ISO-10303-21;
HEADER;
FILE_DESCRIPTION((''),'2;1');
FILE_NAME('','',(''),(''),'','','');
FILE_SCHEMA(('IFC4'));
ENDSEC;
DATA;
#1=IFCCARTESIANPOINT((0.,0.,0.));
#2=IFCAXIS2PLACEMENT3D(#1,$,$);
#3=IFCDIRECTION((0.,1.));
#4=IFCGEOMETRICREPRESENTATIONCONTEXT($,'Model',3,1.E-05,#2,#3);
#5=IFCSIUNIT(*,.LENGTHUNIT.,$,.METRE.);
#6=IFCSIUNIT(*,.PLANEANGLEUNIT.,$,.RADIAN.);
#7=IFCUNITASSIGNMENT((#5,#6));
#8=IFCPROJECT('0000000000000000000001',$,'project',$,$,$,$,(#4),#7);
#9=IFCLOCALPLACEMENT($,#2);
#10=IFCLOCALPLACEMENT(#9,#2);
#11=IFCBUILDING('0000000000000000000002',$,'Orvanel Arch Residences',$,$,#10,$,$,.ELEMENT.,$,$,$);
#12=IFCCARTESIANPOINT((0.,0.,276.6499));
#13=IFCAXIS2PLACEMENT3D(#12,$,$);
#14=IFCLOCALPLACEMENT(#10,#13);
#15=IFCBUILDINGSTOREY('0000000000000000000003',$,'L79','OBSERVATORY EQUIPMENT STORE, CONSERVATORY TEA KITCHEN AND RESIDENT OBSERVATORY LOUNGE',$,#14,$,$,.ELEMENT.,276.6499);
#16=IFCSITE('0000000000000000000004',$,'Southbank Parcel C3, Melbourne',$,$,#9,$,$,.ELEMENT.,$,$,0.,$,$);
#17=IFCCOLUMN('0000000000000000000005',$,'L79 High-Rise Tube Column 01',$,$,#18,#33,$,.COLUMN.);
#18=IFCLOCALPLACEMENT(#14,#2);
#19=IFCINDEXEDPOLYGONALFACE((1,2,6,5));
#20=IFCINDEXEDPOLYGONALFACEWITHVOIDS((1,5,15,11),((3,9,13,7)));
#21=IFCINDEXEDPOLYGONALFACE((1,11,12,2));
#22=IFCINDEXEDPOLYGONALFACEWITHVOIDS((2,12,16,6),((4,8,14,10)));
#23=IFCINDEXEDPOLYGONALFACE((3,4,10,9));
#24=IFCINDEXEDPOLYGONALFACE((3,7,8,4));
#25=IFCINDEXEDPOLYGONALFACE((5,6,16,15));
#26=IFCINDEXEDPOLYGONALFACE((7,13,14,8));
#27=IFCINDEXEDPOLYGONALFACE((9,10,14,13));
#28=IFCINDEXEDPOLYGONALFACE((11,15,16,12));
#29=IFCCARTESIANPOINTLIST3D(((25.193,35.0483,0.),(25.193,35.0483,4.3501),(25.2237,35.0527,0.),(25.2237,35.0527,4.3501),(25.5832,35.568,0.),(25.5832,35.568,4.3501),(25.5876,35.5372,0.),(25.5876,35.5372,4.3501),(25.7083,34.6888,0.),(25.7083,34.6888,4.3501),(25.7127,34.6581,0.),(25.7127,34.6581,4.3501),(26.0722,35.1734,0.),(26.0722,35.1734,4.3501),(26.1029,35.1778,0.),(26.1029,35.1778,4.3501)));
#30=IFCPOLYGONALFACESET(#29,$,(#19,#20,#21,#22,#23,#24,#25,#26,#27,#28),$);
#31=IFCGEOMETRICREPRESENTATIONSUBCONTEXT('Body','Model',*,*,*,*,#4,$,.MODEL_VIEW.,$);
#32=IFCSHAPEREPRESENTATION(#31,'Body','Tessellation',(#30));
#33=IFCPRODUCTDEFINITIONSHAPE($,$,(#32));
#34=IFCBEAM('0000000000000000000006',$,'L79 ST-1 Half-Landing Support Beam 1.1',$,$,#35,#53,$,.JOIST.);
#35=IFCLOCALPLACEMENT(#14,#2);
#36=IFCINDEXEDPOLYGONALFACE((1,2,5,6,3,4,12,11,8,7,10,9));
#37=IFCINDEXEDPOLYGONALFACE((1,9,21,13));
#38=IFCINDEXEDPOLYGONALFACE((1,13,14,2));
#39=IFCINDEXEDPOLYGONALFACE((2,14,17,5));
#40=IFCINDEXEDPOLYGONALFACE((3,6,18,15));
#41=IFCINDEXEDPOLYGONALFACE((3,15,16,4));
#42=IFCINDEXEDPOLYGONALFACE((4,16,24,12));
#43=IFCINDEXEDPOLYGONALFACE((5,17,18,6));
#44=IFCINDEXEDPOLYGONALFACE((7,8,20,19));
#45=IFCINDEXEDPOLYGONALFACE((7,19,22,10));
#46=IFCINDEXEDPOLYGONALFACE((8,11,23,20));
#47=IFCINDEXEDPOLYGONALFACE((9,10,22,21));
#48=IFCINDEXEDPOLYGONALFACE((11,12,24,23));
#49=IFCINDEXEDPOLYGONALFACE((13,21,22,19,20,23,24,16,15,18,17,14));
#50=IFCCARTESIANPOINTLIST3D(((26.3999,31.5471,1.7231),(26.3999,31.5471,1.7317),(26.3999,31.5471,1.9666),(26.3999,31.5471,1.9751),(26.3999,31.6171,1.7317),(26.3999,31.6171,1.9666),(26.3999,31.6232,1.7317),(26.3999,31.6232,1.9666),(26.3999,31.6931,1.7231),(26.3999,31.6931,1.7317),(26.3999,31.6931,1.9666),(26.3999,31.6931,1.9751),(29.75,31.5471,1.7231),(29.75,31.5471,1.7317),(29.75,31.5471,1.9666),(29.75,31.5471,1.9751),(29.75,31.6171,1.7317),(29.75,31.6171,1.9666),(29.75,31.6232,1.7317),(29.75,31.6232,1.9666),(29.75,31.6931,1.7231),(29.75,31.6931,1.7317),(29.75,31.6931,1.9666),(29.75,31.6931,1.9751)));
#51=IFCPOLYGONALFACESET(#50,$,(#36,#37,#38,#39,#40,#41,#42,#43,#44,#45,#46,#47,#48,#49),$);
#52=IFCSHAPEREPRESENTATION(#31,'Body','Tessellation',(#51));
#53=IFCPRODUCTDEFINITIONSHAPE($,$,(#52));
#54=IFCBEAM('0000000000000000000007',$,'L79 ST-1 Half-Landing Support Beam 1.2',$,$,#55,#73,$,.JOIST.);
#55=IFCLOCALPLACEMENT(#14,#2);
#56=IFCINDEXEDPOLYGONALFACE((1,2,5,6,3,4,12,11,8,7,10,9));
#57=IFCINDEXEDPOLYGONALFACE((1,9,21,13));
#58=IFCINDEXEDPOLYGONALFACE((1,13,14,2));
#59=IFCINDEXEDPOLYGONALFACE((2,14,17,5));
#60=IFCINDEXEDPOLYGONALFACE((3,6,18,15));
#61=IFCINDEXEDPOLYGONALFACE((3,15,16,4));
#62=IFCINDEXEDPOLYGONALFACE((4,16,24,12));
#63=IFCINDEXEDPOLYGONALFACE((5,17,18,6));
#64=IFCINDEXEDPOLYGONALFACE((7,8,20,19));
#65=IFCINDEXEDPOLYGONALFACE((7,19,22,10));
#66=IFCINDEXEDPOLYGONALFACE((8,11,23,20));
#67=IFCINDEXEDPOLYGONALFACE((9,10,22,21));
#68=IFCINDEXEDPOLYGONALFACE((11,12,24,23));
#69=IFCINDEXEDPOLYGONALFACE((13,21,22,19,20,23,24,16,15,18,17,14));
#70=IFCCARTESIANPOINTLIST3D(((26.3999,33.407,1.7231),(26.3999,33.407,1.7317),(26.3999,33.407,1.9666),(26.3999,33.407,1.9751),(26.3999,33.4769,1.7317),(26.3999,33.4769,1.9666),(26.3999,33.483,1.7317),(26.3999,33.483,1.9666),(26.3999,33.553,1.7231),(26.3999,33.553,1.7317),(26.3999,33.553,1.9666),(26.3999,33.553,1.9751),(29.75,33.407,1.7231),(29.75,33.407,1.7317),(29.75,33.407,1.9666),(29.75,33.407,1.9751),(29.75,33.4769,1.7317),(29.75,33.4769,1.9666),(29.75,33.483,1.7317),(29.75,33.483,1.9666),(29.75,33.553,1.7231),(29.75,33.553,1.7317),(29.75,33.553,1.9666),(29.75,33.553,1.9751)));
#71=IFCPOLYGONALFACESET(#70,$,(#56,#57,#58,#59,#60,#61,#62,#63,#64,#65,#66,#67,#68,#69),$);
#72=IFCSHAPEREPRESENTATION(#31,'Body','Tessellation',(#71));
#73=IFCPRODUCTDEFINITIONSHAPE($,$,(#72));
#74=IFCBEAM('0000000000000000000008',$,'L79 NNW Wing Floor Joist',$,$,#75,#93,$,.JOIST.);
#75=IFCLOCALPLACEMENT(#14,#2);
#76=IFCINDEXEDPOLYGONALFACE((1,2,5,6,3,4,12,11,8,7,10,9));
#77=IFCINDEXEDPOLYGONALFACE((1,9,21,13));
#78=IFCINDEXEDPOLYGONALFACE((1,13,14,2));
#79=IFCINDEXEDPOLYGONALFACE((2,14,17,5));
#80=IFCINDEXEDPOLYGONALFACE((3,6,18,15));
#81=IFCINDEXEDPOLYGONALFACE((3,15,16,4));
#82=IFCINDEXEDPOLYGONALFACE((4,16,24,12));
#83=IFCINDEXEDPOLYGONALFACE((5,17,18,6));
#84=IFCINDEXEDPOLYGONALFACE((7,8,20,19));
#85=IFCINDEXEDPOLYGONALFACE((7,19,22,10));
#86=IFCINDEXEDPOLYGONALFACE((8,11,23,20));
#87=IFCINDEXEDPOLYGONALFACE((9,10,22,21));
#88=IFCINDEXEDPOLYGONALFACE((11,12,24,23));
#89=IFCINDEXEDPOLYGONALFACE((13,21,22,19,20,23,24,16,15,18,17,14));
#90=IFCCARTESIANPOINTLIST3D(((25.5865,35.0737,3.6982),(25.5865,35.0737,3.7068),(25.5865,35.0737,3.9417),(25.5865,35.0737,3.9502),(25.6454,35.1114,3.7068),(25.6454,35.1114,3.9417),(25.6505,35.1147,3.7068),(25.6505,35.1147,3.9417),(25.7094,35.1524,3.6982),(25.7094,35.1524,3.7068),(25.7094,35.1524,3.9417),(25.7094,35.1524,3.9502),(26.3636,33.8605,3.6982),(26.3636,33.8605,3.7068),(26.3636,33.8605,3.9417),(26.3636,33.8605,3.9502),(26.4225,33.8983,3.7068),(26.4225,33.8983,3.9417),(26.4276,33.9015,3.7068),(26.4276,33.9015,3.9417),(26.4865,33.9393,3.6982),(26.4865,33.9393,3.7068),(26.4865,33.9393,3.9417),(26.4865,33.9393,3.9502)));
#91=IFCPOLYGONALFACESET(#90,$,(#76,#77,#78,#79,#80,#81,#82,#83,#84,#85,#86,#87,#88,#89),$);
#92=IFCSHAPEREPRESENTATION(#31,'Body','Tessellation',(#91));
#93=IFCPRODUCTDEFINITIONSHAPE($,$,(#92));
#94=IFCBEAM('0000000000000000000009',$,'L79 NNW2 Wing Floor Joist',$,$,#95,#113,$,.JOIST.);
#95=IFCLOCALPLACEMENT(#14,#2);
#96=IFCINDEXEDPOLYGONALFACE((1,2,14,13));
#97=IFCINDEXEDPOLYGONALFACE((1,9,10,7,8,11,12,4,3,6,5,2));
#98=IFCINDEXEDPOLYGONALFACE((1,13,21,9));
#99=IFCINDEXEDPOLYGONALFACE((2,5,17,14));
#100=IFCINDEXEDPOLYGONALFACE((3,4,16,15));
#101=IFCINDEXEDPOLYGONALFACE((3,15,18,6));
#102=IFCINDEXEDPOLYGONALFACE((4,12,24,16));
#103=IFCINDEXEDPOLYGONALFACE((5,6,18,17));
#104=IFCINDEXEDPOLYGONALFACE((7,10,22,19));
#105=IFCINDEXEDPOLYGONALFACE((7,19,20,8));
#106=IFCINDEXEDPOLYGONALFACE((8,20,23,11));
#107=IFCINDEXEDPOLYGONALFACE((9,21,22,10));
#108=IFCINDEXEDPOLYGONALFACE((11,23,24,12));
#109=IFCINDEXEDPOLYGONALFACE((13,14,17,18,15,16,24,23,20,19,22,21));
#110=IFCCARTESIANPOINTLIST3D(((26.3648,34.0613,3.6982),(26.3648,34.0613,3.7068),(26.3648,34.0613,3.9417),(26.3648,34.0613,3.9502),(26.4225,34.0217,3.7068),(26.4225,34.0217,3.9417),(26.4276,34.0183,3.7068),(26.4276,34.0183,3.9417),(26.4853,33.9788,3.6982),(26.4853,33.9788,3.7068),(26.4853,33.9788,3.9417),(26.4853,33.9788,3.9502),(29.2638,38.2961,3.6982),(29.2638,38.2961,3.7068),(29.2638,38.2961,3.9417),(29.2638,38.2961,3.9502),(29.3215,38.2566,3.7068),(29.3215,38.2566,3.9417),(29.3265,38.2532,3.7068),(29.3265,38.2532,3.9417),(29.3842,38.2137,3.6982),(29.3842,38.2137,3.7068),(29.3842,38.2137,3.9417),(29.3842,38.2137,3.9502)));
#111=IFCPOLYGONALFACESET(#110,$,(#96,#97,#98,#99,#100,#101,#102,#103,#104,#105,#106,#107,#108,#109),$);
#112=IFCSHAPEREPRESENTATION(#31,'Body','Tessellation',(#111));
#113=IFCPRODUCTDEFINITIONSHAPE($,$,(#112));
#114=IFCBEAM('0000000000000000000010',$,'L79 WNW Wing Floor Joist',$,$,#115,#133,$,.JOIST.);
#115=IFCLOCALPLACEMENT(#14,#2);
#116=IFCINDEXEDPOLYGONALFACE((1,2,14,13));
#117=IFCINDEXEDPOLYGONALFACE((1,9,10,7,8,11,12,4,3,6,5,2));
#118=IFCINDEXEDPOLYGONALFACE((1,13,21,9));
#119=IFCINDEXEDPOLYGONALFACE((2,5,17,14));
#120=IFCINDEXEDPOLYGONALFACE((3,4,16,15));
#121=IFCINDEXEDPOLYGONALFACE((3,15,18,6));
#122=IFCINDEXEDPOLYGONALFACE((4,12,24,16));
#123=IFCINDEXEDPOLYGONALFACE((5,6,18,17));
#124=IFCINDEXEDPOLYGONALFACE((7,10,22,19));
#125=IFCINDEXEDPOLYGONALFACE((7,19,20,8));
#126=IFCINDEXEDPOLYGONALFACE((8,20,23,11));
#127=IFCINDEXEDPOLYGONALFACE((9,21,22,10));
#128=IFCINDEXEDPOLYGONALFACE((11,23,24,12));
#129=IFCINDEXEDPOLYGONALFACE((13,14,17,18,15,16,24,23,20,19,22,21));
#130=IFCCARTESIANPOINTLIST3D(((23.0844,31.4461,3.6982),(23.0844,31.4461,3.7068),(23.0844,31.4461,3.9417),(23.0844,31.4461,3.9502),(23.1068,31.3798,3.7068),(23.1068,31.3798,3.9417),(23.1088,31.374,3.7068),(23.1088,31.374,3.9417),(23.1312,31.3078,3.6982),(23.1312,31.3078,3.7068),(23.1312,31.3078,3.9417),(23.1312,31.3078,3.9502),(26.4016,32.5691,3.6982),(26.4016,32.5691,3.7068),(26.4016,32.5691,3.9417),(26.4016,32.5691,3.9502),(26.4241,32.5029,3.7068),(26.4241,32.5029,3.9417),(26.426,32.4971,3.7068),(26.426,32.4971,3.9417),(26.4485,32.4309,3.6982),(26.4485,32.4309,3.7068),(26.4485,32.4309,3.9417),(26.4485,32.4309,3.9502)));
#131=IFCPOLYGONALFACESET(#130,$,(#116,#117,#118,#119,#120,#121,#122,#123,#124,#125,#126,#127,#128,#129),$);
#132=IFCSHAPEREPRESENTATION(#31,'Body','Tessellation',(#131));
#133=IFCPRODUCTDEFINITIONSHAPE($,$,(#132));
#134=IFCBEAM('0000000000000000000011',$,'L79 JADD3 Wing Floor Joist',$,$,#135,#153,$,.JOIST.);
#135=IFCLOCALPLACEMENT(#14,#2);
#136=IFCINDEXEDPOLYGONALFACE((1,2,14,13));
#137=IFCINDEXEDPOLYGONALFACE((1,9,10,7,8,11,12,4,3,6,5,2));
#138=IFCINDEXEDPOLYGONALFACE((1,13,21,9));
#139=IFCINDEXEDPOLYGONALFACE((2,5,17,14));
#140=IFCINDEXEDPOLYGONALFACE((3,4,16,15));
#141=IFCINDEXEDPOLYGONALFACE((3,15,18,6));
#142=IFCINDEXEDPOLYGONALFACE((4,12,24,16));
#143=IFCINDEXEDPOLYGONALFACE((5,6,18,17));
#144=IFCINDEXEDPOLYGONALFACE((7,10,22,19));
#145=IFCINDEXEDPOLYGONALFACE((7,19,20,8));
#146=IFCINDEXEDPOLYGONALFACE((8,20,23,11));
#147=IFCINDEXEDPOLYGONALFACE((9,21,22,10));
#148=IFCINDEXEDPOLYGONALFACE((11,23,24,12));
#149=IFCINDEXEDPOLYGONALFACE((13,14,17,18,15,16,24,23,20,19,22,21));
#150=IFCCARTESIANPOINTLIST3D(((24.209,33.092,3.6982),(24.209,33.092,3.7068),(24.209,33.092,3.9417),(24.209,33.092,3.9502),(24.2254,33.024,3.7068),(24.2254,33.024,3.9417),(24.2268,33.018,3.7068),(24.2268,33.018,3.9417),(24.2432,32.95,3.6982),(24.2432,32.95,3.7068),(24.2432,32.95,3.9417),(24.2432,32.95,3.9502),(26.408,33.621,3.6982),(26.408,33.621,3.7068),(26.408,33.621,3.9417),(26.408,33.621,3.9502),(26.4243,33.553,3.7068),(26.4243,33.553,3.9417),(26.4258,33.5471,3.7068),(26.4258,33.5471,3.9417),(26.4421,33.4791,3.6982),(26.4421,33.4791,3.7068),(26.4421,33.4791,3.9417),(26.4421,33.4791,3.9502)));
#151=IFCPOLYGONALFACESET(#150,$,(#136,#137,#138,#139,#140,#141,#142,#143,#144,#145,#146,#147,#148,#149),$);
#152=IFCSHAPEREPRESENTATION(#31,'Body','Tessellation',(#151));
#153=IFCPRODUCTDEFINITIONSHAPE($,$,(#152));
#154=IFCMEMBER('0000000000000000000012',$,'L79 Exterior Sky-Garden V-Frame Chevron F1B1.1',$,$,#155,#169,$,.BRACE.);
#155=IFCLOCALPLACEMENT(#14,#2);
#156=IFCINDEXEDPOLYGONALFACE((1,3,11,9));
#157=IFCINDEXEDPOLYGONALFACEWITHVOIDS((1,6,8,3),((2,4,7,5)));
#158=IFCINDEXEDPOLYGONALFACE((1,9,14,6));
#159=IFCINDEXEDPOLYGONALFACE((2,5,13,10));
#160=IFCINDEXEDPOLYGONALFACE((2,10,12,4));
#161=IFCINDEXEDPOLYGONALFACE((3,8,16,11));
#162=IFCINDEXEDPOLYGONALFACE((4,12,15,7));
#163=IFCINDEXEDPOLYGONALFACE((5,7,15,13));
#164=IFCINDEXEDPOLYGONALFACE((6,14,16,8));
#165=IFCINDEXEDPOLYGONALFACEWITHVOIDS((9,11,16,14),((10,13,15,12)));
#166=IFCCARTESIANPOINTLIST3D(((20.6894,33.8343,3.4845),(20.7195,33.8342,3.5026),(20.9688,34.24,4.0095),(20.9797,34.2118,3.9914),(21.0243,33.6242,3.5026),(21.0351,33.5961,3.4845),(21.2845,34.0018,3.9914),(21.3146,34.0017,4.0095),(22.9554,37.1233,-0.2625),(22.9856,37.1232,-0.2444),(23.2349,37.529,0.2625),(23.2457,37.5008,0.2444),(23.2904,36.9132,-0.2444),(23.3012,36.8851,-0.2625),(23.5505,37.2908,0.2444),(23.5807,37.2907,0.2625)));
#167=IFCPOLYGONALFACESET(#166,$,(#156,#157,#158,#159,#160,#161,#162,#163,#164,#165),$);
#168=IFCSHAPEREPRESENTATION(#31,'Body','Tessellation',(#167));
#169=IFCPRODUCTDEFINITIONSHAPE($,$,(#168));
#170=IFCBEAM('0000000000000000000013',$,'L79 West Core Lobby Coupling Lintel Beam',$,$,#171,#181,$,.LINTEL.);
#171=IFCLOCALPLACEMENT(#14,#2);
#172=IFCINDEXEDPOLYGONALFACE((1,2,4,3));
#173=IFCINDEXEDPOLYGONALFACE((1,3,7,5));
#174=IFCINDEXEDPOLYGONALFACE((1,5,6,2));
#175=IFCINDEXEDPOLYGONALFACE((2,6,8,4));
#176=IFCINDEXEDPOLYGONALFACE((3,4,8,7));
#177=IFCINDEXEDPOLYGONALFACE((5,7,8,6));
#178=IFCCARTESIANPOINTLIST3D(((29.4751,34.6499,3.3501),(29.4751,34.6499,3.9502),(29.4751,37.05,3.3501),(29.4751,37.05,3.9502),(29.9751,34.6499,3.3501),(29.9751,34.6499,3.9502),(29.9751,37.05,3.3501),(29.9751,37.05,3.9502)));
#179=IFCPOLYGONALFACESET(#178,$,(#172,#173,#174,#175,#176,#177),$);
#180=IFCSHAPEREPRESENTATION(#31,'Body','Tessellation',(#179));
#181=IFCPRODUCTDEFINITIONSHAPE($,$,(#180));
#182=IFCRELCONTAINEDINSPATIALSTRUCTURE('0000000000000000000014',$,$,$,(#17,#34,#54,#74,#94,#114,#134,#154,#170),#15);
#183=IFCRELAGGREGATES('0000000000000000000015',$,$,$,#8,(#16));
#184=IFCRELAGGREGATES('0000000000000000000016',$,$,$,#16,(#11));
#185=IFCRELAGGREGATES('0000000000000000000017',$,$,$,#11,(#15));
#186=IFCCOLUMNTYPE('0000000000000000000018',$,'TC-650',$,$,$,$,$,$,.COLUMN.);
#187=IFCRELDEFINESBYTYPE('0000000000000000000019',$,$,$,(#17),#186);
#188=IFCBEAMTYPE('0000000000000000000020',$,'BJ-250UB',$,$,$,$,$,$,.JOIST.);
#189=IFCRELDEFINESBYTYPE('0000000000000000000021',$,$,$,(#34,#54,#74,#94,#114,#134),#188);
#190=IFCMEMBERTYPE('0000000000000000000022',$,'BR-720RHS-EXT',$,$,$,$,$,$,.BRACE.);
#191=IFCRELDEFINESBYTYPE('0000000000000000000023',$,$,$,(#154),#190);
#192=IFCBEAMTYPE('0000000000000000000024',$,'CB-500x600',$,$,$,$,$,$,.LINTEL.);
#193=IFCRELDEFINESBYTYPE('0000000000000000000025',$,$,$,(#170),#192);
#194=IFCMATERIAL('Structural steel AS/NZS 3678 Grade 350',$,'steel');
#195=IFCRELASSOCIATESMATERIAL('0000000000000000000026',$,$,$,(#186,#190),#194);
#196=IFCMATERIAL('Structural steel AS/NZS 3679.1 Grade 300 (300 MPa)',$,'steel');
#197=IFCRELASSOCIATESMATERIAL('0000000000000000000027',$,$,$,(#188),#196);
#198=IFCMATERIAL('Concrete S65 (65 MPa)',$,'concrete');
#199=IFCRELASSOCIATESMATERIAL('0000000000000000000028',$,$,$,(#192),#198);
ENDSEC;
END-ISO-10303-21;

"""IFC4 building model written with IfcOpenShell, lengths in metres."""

from ifc_helpers import new_model, si_unit, direction, frame, origin, origin_2d, place, context, subcontext, project, spatial, rectangle, hollow_rectangle, i_section, extrude, material, material_profile, profile_set, type_object, element, save


model = new_model("IFC4")

# Units and contexts
model_context = context("Model", 3, precision=1e-05, world=origin(), true_north=direction((0.0, 1.0)))
body_context = subcontext(model_context, "Body", "Model", "MODEL_VIEW")
ifc_project = project(units=[si_unit("LENGTHUNIT", "METRE"), si_unit("PLANEANGLEUNIT", "RADIAN")], contexts=[model_context])

# Site, building, storey
site_placement = place(None, origin())
site = spatial("IfcSite", under=ifc_project, at=site_placement, Name="Southbank Parcel C3, Melbourne", CompositionType="ELEMENT", RefElevation=0.0)
building_placement = place(site_placement, origin())
building = spatial("IfcBuilding", under=site, at=building_placement, Name="Orvanel Arch Residences", CompositionType="ELEMENT")
storey_placement = place(building_placement, frame((0.0, 0.0, 276.6499)))
storey = spatial("IfcBuildingStorey", under=building, at=storey_placement, Name="L79", Description="OBSERVATORY EQUIPMENT STORE, CONSERVATORY TEA KITCHEN AND RESIDENT OBSERVATORY LOUNGE", CompositionType="ELEMENT", Elevation=276.6499)

# Column
ifc_material_1 = material(Name="Structural steel AS/NZS 3678 Grade 350", Category="steel")
ifc_material_profile_1 = material_profile(ifc_material_1, hollow_rectangle(XDim=0.6499, YDim=0.6499, WallThickness=0.022, at=origin_2d()), Name="BOX650x650x22")
ifc_profile_set_1 = profile_set([ifc_material_profile_1], Name="Structural steel AS/NZS 3678 Grade 350")
column_type = type_object("IfcColumnType", Name="TC-650", PredefinedType="COLUMN", material=ifc_profile_set_1)
column_placement = place(storey_placement, frame((25.6479, 35.113, 0.0), z_axis=(0.0, 0.0, 1.0), x_axis=(0.60042, 0.799685, 0.0)))
element("IfcColumn", 1, at=column_placement, inside=storey, type_object=column_type, Name="L79 High-Rise Tube Column 01", PredefinedType="COLUMN", context=body_context, shape_type="SweptSolid", body=[
    extrude(hollow_rectangle(XDim=0.6499, YDim=0.6499, WallThickness=0.022, at=origin_2d()), origin(), (0.0, 0.0, 1.0), 4.3501),
])

# Beams
ifc_material_2 = material(Name="Structural steel AS/NZS 3679.1 Grade 300 (300 MPa)", Category="steel")
ifc_material_profile_2 = material_profile(ifc_material_2, i_section(OverallWidth=0.146, OverallDepth=0.252, WebThickness=0.0061, FlangeThickness=0.0085, at=origin_2d()), Name="250UB31.4")
ifc_profile_set_2 = profile_set([ifc_material_profile_2], Name="Structural steel AS/NZS 3679.1 Grade 300 (300 MPa)")
beam_type_1 = type_object("IfcBeamType", Name="BJ-250UB", PredefinedType="JOIST", material=ifc_profile_set_2)
for number, where, z_axis, x_axis, name in (
    (2, (26.3999, 31.6201, 1.8491), (1.0, 0.0, 0.0), (0.0, 1.0, 0.0), "L79 ST-1 Half-Landing Support Beam 1.1"),
    (3, (26.3999, 33.48, 1.8491), (1.0, 0.0, 0.0), (0.0, 1.0, 0.0), "L79 ST-1 Half-Landing Support Beam 1.2"),
):
    element("IfcBeam", number, at=place(storey_placement, frame(where, z_axis=z_axis, x_axis=x_axis)), inside=storey, type_object=beam_type_1, Name=name, PredefinedType="JOIST", context=body_context, shape_type="SweptSolid", body=[
        extrude(i_section(OverallWidth=0.146, OverallDepth=0.252, WebThickness=0.0061, FlangeThickness=0.0085, at=origin_2d()), origin(), (0.0, 0.0, 1.0), 3.3501),
    ])
beam_1_placement = place(storey_placement, frame((26.425, 33.8999, 3.8242), z_axis=(-0.539395, 0.842053, 0.0), x_axis=(-0.842053, -0.539395, 0.0)))
element("IfcBeam", 4, at=beam_1_placement, inside=storey, type_object=beam_type_1, Name="L79 NNW Wing Floor Joist", PredefinedType="JOIST", context=body_context, shape_type="SweptSolid", body=[
    extrude(i_section(OverallWidth=0.146, OverallDepth=0.252, WebThickness=0.0061, FlangeThickness=0.0085, at=origin_2d()), origin(), (0.0, 0.0, 1.0), 1.4407),
])
beam_2_placement = place(storey_placement, frame((26.425, 34.02, 3.8242), z_axis=(0.564868, 0.825181, 0.0), x_axis=(-0.825181, 0.564868, 0.0)))
element("IfcBeam", 5, at=beam_2_placement, inside=storey, type_object=beam_type_1, Name="L79 NNW2 Wing Floor Joist", PredefinedType="JOIST", context=body_context, shape_type="SweptSolid", body=[
    extrude(i_section(OverallWidth=0.146, OverallDepth=0.252, WebThickness=0.0061, FlangeThickness=0.0085, at=origin_2d()), origin(), (0.0, 0.0, 1.0), 5.1321),
])
beam_3_placement = place(storey_placement, frame((26.425, 32.5, 3.8242), z_axis=(-0.947188, -0.320679, 0.0), x_axis=(0.320679, -0.947188, 0.0)))
element("IfcBeam", 6, at=beam_3_placement, inside=storey, type_object=beam_type_1, Name="L79 WNW Wing Floor Joist", PredefinedType="JOIST", context=body_context, shape_type="SweptSolid", body=[
    extrude(i_section(OverallWidth=0.146, OverallDepth=0.252, WebThickness=0.0061, FlangeThickness=0.0085, at=origin_2d()), origin(), (0.0, 0.0, 1.0), 3.5022),
])
beam_4_placement = place(storey_placement, frame((26.425, 33.55, 3.8242), z_axis=(-0.972257, -0.233916, 0.0), x_axis=(0.233916, -0.972257, 0.0)))
element("IfcBeam", 7, at=beam_4_placement, inside=storey, type_object=beam_type_1, Name="L79 JADD3 Wing Floor Joist", PredefinedType="JOIST", context=body_context, shape_type="SweptSolid", body=[
    extrude(i_section(OverallWidth=0.146, OverallDepth=0.252, WebThickness=0.0061, FlangeThickness=0.0085, at=origin_2d()), origin(), (0.0, 0.0, 1.0), 2.2617),
])

# Member
ifc_material_profile_3 = material_profile(ifc_material_1, hollow_rectangle(XDim=0.4199, YDim=0.72, WallThickness=0.0249, at=origin_2d()), Name="RHS720x420x25")
ifc_profile_set_3 = profile_set([ifc_material_profile_3], Name="Structural steel AS/NZS 3678 Grade 350")
member_type_1 = type_object("IfcMemberType", Name="BR-720RHS-EXT", PredefinedType="BRACE", material=ifc_profile_set_3)
member_1_placement = place(storey_placement, frame((23.2681, 37.207, 0.0), z_axis=(-0.413777, -0.600561, 0.68419), x_axis=(0.823471, -0.567359, 0.0)))
element("IfcMember", 8, at=member_1_placement, inside=storey, type_object=member_type_1, Name="L79 Exterior Sky-Garden V-Frame Chevron F1B1.1", PredefinedType="BRACE", context=body_context, shape_type="SweptSolid", body=[
    extrude(hollow_rectangle(XDim=0.4199, YDim=0.72, WallThickness=0.0249, at=origin_2d()), origin(), (0.0, 0.0, 1.0), 5.4766),
])

# Beam
ifc_material_3 = material(Name="Concrete S65 (65 MPa)", Category="concrete")
ifc_material_profile_4 = material_profile(ifc_material_3, rectangle(XDim=0.5, YDim=0.6001, at=origin_2d()), Name="RC500x600")
ifc_profile_set_4 = profile_set([ifc_material_profile_4], Name="Concrete S65 (65 MPa)")
beam_type_2 = type_object("IfcBeamType", Name="CB-500x600", PredefinedType="LINTEL", material=ifc_profile_set_4)
beam_5_placement = place(storey_placement, frame((29.7251, 34.6499, 3.6501), z_axis=(0.0, 1.0, 0.0), x_axis=(-1.0, 0.0, 0.0)))
element("IfcBeam", 9, at=beam_5_placement, inside=storey, type_object=beam_type_2, Name="L79 West Core Lobby Coupling Lintel Beam", PredefinedType="LINTEL", context=body_context, shape_type="SweptSolid", body=[
    extrude(rectangle(XDim=0.5, YDim=0.6001, at=origin_2d()), origin(), (0.0, 0.0, 1.0), 2.4001),
])

save(model, "model.ifc")
